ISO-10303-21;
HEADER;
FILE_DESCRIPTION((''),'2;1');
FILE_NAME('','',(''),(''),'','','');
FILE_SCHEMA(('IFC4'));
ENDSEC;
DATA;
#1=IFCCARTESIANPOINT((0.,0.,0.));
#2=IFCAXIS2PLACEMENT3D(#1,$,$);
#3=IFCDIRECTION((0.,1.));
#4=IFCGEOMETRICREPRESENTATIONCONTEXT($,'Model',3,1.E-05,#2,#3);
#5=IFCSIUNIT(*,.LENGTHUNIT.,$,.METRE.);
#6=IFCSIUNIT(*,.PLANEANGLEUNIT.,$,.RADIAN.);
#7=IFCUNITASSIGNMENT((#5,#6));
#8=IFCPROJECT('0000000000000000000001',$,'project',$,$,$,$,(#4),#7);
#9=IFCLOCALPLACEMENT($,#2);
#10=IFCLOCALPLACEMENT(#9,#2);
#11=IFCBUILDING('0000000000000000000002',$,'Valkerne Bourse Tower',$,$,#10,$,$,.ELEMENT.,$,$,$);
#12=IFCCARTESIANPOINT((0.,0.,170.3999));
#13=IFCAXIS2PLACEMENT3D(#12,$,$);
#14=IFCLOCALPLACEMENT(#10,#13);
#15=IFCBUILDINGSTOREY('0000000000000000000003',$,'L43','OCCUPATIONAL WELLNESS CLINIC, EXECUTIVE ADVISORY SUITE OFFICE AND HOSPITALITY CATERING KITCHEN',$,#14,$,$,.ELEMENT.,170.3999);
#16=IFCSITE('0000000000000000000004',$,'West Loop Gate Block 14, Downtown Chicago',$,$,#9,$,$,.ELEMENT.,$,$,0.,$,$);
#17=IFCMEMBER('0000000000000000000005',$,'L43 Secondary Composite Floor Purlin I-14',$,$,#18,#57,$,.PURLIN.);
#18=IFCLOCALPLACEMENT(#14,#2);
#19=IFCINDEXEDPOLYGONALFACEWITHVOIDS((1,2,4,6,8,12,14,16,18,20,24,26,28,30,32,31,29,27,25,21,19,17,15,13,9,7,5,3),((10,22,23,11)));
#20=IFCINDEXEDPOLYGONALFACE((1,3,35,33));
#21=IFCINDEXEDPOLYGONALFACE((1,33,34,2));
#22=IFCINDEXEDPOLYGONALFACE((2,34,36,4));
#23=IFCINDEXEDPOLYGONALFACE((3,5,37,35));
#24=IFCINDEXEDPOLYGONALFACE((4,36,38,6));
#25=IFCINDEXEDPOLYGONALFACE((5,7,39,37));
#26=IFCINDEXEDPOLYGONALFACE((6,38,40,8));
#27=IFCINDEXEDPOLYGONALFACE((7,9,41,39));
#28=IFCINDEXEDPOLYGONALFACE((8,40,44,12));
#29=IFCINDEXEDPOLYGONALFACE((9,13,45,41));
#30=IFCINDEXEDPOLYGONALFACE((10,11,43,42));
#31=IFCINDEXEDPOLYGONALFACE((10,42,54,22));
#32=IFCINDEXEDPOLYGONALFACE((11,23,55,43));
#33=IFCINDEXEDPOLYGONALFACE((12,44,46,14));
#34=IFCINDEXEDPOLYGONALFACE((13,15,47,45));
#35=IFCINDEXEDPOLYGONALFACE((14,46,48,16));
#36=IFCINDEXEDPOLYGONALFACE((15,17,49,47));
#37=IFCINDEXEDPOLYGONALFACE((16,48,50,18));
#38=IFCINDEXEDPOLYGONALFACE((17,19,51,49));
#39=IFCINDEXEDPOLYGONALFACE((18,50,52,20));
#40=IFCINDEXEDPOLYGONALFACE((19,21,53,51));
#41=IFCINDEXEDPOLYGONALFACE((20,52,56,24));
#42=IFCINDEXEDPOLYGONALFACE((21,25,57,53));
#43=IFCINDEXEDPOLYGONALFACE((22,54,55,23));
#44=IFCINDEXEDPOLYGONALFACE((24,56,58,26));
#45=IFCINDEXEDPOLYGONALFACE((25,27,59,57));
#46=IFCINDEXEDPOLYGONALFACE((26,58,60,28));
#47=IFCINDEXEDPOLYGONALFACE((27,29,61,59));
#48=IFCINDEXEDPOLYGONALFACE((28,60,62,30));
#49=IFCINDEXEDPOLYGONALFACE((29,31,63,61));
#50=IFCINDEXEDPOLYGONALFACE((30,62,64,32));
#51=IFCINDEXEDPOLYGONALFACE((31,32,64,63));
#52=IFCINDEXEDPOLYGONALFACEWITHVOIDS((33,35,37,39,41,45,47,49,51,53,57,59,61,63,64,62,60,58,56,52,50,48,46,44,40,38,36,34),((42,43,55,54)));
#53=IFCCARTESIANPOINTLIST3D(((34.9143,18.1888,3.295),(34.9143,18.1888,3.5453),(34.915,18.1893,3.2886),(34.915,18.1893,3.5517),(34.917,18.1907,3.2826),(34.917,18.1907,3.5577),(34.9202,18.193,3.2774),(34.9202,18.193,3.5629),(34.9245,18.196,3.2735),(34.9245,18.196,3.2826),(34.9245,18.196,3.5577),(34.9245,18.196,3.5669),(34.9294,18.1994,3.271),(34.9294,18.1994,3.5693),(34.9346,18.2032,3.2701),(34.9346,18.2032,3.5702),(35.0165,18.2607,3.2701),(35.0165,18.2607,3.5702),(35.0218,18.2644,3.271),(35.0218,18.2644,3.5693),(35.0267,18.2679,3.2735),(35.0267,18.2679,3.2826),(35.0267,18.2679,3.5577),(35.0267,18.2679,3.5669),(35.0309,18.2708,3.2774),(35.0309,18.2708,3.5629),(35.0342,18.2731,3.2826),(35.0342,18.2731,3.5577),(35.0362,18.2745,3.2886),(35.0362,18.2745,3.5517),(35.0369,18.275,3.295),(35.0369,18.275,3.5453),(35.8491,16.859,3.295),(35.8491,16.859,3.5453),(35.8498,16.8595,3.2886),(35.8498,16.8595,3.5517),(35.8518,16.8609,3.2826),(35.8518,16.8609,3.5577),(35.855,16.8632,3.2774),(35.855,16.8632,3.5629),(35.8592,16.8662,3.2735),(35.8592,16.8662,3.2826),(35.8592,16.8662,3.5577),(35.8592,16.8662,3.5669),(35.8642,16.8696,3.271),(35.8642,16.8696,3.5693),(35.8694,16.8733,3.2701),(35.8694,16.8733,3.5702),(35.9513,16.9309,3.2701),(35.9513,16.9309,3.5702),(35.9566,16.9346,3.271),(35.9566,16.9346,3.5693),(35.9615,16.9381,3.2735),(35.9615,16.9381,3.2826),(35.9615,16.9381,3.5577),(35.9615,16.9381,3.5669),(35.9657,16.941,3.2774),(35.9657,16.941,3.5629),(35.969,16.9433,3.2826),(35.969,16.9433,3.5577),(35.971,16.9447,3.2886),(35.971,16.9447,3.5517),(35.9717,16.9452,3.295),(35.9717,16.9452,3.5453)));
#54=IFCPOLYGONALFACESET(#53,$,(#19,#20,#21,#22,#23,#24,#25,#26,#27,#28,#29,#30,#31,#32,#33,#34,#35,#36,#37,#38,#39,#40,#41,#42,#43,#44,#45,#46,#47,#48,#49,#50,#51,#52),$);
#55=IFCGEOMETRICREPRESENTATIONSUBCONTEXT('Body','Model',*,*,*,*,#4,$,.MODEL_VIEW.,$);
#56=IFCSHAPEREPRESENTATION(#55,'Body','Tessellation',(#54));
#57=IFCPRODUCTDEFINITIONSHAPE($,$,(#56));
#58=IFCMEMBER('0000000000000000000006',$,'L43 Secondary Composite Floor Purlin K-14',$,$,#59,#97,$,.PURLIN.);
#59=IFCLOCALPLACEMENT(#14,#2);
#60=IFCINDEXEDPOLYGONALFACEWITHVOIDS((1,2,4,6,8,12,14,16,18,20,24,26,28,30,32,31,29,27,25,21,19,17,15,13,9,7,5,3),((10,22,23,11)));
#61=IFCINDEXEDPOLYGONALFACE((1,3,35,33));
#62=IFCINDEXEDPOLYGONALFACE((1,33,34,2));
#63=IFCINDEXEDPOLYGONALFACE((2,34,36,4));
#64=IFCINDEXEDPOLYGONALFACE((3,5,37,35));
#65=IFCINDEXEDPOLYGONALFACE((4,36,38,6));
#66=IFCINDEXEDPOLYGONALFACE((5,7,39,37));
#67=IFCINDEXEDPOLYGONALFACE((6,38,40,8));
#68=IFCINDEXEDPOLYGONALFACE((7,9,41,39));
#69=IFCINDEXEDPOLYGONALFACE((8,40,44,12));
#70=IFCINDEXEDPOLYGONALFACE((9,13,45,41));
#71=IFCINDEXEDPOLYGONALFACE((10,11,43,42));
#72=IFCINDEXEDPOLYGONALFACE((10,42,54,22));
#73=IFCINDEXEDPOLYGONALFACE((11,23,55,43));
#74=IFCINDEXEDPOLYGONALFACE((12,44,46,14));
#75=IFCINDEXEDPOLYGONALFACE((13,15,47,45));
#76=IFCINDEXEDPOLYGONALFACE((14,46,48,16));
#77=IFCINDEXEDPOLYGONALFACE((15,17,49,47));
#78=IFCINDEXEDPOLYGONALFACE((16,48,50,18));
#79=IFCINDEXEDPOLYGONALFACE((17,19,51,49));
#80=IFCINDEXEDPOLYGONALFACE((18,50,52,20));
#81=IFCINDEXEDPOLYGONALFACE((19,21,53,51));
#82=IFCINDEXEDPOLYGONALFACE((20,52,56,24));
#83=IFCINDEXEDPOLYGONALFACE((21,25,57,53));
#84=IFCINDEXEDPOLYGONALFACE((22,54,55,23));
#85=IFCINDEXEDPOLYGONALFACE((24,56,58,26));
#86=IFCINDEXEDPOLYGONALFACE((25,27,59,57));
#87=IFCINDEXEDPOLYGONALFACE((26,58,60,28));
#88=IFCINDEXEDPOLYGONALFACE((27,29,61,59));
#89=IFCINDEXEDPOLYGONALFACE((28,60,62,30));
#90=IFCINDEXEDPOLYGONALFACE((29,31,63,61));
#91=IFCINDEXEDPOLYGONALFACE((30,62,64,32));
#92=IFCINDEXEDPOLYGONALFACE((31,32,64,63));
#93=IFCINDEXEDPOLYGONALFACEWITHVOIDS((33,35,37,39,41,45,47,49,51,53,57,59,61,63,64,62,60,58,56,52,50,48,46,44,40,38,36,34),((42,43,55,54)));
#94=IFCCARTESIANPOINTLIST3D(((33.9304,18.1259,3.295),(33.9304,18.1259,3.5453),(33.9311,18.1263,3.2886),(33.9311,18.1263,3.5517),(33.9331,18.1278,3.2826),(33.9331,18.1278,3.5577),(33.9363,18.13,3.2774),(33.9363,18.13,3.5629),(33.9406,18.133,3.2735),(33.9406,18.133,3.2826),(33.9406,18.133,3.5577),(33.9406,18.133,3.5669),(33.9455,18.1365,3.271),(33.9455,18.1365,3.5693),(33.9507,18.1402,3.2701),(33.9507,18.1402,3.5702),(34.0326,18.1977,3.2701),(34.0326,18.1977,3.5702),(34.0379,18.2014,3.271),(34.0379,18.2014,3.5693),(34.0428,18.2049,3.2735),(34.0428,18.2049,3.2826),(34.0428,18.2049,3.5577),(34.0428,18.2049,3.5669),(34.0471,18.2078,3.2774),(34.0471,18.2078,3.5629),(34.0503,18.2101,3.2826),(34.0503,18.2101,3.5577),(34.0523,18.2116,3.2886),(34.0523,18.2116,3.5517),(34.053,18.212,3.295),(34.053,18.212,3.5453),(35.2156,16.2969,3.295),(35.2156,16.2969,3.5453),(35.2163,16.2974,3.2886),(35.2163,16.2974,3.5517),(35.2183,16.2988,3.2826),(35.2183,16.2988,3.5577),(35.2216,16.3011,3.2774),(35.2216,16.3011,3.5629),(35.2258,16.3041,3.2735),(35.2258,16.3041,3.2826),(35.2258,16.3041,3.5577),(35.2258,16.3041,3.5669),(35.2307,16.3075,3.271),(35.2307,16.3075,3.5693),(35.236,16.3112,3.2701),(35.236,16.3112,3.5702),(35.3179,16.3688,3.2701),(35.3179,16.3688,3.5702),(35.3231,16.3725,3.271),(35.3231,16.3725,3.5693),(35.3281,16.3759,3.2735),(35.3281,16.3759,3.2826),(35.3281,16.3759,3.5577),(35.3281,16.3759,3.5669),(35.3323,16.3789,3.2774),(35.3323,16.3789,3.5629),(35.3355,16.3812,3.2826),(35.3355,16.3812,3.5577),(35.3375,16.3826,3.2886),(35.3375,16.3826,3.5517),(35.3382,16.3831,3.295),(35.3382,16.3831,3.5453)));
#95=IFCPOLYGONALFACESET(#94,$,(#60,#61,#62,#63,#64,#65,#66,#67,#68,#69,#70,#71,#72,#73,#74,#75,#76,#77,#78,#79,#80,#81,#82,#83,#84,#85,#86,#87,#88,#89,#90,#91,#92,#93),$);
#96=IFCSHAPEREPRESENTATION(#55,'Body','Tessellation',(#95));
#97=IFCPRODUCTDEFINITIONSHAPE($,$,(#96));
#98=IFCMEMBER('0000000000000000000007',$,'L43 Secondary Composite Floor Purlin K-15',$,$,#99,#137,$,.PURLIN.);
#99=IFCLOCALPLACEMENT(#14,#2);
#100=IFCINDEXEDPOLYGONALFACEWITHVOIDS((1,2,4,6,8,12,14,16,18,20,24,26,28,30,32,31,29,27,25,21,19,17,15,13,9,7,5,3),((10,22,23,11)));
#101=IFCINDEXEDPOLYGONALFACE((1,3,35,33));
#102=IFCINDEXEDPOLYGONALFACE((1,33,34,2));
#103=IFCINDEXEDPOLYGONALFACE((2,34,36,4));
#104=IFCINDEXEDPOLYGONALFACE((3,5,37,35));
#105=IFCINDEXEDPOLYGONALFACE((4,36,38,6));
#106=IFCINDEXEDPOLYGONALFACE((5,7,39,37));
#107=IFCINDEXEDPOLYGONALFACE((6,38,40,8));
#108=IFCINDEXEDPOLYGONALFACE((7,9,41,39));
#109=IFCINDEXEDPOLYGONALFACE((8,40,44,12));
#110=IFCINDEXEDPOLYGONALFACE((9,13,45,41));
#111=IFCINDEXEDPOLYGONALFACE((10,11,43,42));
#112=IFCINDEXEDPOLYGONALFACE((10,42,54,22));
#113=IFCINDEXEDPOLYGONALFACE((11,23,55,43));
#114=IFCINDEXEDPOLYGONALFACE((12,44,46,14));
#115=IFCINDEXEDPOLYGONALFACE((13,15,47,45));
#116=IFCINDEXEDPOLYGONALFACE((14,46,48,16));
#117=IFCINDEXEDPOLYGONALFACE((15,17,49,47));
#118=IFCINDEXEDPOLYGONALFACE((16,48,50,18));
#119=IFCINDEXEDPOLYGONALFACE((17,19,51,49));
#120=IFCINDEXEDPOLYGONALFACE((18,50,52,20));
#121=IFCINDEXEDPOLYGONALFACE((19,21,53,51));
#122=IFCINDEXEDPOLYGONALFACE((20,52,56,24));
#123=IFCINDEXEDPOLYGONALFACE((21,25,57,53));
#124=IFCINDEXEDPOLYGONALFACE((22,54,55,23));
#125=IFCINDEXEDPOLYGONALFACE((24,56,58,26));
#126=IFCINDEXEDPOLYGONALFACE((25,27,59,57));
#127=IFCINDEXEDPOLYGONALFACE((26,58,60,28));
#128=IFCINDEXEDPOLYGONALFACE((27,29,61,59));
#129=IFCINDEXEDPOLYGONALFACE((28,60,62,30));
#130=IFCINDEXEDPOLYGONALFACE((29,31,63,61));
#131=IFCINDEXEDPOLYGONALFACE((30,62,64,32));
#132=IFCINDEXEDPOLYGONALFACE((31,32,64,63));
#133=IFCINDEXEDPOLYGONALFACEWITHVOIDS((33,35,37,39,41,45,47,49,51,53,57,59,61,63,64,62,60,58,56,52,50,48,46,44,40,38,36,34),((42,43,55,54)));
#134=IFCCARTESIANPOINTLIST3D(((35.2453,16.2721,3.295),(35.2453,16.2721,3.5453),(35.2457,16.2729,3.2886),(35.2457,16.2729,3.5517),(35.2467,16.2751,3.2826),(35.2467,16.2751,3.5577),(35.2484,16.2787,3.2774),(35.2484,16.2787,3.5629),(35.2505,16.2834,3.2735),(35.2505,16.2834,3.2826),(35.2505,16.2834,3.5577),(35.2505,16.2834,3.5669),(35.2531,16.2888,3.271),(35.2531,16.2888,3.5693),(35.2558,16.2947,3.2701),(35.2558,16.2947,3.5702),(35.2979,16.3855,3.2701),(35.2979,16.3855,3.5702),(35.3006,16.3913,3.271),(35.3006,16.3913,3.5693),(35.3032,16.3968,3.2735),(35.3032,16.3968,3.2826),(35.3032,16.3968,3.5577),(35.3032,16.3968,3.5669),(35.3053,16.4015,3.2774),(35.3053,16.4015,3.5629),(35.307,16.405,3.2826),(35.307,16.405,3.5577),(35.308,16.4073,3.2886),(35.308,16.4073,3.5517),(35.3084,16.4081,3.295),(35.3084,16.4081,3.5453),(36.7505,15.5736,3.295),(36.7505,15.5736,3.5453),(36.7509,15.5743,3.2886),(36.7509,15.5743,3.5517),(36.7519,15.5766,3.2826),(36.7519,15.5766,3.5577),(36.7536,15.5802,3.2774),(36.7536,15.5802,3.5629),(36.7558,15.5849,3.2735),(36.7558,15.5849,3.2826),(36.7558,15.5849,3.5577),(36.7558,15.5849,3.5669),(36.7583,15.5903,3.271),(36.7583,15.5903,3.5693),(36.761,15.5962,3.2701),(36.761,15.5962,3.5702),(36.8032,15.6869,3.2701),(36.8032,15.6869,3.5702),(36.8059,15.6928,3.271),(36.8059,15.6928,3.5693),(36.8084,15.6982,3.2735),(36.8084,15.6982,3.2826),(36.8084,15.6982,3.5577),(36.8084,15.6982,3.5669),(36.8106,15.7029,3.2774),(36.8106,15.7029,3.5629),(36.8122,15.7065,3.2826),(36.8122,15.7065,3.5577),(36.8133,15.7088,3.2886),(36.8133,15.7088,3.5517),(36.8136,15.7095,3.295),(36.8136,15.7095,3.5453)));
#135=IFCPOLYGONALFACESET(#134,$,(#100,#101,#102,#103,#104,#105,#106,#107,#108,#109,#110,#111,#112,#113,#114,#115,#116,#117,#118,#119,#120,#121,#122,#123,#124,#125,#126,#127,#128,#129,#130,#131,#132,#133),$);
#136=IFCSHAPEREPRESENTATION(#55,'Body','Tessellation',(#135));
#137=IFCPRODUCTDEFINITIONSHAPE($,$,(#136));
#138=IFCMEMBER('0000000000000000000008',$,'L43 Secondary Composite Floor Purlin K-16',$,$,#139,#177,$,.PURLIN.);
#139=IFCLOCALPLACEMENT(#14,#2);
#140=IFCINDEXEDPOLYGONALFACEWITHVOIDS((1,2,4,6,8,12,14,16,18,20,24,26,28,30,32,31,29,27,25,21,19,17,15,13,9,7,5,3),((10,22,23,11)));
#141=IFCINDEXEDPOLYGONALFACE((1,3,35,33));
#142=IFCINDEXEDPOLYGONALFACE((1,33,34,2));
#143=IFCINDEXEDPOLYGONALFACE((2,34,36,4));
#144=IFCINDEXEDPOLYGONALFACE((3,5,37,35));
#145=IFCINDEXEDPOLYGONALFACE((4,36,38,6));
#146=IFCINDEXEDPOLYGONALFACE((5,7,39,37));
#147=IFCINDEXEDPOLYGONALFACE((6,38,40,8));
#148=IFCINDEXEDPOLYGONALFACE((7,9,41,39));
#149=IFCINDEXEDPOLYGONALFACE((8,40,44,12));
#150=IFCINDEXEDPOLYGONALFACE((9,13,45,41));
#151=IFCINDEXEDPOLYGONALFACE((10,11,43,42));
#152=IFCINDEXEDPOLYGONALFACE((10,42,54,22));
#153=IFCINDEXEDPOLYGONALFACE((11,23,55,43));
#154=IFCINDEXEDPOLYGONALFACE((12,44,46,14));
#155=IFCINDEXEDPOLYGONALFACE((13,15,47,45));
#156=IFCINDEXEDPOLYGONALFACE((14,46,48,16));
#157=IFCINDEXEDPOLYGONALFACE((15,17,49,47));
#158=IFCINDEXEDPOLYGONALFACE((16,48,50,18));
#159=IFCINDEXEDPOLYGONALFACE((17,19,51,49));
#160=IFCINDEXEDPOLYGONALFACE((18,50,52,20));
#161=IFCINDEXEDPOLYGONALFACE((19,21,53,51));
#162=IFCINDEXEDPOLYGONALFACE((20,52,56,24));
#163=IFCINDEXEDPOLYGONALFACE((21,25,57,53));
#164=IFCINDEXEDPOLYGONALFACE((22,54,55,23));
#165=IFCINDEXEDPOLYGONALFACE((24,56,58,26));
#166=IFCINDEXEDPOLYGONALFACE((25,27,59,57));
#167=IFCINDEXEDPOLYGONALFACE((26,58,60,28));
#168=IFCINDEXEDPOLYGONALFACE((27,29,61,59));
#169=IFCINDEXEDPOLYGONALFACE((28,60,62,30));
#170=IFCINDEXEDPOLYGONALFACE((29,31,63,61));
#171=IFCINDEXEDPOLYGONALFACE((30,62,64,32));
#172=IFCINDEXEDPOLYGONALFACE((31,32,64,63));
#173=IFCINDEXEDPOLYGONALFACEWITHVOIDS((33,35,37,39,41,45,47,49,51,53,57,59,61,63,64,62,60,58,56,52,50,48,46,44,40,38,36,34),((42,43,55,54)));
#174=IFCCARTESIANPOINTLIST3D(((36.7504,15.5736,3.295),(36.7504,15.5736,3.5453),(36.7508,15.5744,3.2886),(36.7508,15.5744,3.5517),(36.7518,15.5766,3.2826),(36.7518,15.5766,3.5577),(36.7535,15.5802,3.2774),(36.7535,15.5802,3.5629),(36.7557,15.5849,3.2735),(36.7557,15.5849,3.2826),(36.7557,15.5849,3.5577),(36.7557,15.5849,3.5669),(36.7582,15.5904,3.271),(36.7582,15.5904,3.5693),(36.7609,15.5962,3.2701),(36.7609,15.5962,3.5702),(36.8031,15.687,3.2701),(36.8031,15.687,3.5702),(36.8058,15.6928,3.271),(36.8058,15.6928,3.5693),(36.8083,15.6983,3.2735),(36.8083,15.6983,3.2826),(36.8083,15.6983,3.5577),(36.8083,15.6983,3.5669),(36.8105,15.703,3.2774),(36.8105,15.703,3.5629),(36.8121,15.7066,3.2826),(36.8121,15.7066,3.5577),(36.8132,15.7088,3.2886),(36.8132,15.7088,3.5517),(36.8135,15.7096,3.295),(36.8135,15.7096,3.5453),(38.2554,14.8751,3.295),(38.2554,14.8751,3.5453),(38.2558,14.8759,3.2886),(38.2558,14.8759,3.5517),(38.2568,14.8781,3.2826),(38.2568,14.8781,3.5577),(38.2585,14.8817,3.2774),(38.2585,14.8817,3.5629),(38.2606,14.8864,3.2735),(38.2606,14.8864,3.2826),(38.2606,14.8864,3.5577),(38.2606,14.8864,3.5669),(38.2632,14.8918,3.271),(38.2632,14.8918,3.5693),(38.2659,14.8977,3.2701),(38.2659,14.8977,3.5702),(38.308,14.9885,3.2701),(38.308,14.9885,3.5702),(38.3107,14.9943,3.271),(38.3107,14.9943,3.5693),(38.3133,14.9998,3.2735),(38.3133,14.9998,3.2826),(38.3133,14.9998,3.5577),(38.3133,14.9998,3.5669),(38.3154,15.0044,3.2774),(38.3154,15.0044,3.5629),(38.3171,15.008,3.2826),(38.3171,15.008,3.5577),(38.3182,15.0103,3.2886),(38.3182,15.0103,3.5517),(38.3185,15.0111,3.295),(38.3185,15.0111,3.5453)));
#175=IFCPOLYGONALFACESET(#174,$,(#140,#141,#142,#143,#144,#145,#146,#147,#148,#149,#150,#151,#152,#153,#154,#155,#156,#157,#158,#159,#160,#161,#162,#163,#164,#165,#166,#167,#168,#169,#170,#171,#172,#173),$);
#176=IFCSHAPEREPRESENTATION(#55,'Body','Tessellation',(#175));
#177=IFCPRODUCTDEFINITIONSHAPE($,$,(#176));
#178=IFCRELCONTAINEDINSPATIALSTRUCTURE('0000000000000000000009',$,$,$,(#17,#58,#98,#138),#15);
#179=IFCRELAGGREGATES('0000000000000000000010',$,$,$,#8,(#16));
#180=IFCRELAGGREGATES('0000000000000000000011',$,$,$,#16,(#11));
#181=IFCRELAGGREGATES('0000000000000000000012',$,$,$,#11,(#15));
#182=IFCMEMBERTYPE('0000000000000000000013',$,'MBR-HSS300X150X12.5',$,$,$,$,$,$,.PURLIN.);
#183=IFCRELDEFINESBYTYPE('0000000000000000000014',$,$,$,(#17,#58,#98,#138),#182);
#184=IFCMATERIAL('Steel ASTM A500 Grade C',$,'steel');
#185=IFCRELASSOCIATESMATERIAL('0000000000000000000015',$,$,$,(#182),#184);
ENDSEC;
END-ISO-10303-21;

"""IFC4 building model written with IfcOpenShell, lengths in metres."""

from ifc_helpers import new_model, si_unit, direction, frame, origin, origin_2d, place, context, subcontext, project, spatial, hollow_rectangle, extrude, material, material_profile, profile_set, type_object, element, save


model = new_model("IFC4")

# Units and contexts
model_context = context("Model", 3, precision=1e-05, world=origin(), true_north=direction((0.0, 1.0)))
body_context = subcontext(model_context, "Body", "Model", "MODEL_VIEW")
ifc_project = project(units=[si_unit("LENGTHUNIT", "METRE"), si_unit("PLANEANGLEUNIT", "RADIAN")], contexts=[model_context])

# Site, building, storey
site_placement = place(None, origin())
site = spatial("IfcSite", under=ifc_project, at=site_placement, Name="West Loop Gate Block 14, Downtown Chicago", CompositionType="ELEMENT", RefElevation=0.0)
building_placement = place(site_placement, origin())
building = spatial("IfcBuilding", under=site, at=building_placement, Name="Valkerne Bourse Tower", CompositionType="ELEMENT")
storey_placement = place(building_placement, frame((0.0, 0.0, 170.3999)))
storey = spatial("IfcBuildingStorey", under=building, at=storey_placement, Name="L43", Description="OCCUPATIONAL WELLNESS CLINIC, EXECUTIVE ADVISORY SUITE OFFICE AND HOSPITALITY CATERING KITCHEN", CompositionType="ELEMENT", Elevation=170.3999)

# Members
ifc_material_1 = material(Name="Steel ASTM A500 Grade C", Category="steel")
ifc_material_profile_1 = material_profile(ifc_material_1, hollow_rectangle(XDim=0.1499, YDim=0.3, WallThickness=0.0125, OuterFilletRadius=0.0249, at=origin_2d()), Name="HSS300X150X12.5")
ifc_profile_set_1 = profile_set([ifc_material_profile_1], Name="Steel ASTM A500 Grade C")
member_type_1 = type_object("IfcMemberType", Name="MBR-HSS300X150X12.5", PredefinedType="PURLIN", material=ifc_profile_set_1)
member_1_placement = place(storey_placement, frame((34.9756, 18.2319, 3.4202), z_axis=(0.575084, -0.818094, 0.0), x_axis=(0.818094, 0.575084, 0.0)))
element("IfcMember", 1, at=member_1_placement, inside=storey, type_object=member_type_1, Name="L43 Secondary Composite Floor Purlin I-14", PredefinedType="PURLIN", context=body_context, shape_type="SweptSolid", body=[
    extrude(hollow_rectangle(XDim=0.1499, YDim=0.3, WallThickness=0.0125, OuterFilletRadius=0.0249, at=origin_2d()), origin(), (0.0, 0.0, 1.0), 1.6255),
])
member_2_placement = place(storey_placement, frame((33.9917, 18.1689, 3.4202), z_axis=(0.574949, -0.818189, 0.0), x_axis=(0.818189, 0.574949, 0.0)))
element("IfcMember", 2, at=member_2_placement, inside=storey, type_object=member_type_1, Name="L43 Secondary Composite Floor Purlin K-14", PredefinedType="PURLIN", context=body_context, shape_type="SweptSolid", body=[
    extrude(hollow_rectangle(XDim=0.1499, YDim=0.3, WallThickness=0.0125, OuterFilletRadius=0.0249, at=origin_2d()), origin(), (0.0, 0.0, 1.0), 2.2354),
])
member_3_placement = place(storey_placement, frame((35.2769, 16.3401, 3.4202), z_axis=(0.907083, -0.420951, 0.0), x_axis=(0.420951, 0.907083, 0.0)))
element("IfcMember", 3, at=member_3_placement, inside=storey, type_object=member_type_1, Name="L43 Secondary Composite Floor Purlin K-15", PredefinedType="PURLIN", context=body_context, shape_type="SweptSolid", body=[
    extrude(hollow_rectangle(XDim=0.1499, YDim=0.3, WallThickness=0.0125, OuterFilletRadius=0.0249, at=origin_2d()), origin(), (0.0, 0.0, 1.0), 1.6594),
])
member_4_placement = place(storey_placement, frame((36.782, 15.6416, 3.4202), z_axis=(0.907057, -0.421008, 0.0), x_axis=(0.421008, 0.907057, 0.0)))
element("IfcMember", 4, at=member_4_placement, inside=storey, type_object=member_type_1, Name="L43 Secondary Composite Floor Purlin K-16", PredefinedType="PURLIN", context=body_context, shape_type="SweptSolid", body=[
    extrude(hollow_rectangle(XDim=0.1499, YDim=0.3, WallThickness=0.0125, OuterFilletRadius=0.0249, at=origin_2d()), origin(), (0.0, 0.0, 1.0), 1.6592),
])

save(model, "model.ifc")
